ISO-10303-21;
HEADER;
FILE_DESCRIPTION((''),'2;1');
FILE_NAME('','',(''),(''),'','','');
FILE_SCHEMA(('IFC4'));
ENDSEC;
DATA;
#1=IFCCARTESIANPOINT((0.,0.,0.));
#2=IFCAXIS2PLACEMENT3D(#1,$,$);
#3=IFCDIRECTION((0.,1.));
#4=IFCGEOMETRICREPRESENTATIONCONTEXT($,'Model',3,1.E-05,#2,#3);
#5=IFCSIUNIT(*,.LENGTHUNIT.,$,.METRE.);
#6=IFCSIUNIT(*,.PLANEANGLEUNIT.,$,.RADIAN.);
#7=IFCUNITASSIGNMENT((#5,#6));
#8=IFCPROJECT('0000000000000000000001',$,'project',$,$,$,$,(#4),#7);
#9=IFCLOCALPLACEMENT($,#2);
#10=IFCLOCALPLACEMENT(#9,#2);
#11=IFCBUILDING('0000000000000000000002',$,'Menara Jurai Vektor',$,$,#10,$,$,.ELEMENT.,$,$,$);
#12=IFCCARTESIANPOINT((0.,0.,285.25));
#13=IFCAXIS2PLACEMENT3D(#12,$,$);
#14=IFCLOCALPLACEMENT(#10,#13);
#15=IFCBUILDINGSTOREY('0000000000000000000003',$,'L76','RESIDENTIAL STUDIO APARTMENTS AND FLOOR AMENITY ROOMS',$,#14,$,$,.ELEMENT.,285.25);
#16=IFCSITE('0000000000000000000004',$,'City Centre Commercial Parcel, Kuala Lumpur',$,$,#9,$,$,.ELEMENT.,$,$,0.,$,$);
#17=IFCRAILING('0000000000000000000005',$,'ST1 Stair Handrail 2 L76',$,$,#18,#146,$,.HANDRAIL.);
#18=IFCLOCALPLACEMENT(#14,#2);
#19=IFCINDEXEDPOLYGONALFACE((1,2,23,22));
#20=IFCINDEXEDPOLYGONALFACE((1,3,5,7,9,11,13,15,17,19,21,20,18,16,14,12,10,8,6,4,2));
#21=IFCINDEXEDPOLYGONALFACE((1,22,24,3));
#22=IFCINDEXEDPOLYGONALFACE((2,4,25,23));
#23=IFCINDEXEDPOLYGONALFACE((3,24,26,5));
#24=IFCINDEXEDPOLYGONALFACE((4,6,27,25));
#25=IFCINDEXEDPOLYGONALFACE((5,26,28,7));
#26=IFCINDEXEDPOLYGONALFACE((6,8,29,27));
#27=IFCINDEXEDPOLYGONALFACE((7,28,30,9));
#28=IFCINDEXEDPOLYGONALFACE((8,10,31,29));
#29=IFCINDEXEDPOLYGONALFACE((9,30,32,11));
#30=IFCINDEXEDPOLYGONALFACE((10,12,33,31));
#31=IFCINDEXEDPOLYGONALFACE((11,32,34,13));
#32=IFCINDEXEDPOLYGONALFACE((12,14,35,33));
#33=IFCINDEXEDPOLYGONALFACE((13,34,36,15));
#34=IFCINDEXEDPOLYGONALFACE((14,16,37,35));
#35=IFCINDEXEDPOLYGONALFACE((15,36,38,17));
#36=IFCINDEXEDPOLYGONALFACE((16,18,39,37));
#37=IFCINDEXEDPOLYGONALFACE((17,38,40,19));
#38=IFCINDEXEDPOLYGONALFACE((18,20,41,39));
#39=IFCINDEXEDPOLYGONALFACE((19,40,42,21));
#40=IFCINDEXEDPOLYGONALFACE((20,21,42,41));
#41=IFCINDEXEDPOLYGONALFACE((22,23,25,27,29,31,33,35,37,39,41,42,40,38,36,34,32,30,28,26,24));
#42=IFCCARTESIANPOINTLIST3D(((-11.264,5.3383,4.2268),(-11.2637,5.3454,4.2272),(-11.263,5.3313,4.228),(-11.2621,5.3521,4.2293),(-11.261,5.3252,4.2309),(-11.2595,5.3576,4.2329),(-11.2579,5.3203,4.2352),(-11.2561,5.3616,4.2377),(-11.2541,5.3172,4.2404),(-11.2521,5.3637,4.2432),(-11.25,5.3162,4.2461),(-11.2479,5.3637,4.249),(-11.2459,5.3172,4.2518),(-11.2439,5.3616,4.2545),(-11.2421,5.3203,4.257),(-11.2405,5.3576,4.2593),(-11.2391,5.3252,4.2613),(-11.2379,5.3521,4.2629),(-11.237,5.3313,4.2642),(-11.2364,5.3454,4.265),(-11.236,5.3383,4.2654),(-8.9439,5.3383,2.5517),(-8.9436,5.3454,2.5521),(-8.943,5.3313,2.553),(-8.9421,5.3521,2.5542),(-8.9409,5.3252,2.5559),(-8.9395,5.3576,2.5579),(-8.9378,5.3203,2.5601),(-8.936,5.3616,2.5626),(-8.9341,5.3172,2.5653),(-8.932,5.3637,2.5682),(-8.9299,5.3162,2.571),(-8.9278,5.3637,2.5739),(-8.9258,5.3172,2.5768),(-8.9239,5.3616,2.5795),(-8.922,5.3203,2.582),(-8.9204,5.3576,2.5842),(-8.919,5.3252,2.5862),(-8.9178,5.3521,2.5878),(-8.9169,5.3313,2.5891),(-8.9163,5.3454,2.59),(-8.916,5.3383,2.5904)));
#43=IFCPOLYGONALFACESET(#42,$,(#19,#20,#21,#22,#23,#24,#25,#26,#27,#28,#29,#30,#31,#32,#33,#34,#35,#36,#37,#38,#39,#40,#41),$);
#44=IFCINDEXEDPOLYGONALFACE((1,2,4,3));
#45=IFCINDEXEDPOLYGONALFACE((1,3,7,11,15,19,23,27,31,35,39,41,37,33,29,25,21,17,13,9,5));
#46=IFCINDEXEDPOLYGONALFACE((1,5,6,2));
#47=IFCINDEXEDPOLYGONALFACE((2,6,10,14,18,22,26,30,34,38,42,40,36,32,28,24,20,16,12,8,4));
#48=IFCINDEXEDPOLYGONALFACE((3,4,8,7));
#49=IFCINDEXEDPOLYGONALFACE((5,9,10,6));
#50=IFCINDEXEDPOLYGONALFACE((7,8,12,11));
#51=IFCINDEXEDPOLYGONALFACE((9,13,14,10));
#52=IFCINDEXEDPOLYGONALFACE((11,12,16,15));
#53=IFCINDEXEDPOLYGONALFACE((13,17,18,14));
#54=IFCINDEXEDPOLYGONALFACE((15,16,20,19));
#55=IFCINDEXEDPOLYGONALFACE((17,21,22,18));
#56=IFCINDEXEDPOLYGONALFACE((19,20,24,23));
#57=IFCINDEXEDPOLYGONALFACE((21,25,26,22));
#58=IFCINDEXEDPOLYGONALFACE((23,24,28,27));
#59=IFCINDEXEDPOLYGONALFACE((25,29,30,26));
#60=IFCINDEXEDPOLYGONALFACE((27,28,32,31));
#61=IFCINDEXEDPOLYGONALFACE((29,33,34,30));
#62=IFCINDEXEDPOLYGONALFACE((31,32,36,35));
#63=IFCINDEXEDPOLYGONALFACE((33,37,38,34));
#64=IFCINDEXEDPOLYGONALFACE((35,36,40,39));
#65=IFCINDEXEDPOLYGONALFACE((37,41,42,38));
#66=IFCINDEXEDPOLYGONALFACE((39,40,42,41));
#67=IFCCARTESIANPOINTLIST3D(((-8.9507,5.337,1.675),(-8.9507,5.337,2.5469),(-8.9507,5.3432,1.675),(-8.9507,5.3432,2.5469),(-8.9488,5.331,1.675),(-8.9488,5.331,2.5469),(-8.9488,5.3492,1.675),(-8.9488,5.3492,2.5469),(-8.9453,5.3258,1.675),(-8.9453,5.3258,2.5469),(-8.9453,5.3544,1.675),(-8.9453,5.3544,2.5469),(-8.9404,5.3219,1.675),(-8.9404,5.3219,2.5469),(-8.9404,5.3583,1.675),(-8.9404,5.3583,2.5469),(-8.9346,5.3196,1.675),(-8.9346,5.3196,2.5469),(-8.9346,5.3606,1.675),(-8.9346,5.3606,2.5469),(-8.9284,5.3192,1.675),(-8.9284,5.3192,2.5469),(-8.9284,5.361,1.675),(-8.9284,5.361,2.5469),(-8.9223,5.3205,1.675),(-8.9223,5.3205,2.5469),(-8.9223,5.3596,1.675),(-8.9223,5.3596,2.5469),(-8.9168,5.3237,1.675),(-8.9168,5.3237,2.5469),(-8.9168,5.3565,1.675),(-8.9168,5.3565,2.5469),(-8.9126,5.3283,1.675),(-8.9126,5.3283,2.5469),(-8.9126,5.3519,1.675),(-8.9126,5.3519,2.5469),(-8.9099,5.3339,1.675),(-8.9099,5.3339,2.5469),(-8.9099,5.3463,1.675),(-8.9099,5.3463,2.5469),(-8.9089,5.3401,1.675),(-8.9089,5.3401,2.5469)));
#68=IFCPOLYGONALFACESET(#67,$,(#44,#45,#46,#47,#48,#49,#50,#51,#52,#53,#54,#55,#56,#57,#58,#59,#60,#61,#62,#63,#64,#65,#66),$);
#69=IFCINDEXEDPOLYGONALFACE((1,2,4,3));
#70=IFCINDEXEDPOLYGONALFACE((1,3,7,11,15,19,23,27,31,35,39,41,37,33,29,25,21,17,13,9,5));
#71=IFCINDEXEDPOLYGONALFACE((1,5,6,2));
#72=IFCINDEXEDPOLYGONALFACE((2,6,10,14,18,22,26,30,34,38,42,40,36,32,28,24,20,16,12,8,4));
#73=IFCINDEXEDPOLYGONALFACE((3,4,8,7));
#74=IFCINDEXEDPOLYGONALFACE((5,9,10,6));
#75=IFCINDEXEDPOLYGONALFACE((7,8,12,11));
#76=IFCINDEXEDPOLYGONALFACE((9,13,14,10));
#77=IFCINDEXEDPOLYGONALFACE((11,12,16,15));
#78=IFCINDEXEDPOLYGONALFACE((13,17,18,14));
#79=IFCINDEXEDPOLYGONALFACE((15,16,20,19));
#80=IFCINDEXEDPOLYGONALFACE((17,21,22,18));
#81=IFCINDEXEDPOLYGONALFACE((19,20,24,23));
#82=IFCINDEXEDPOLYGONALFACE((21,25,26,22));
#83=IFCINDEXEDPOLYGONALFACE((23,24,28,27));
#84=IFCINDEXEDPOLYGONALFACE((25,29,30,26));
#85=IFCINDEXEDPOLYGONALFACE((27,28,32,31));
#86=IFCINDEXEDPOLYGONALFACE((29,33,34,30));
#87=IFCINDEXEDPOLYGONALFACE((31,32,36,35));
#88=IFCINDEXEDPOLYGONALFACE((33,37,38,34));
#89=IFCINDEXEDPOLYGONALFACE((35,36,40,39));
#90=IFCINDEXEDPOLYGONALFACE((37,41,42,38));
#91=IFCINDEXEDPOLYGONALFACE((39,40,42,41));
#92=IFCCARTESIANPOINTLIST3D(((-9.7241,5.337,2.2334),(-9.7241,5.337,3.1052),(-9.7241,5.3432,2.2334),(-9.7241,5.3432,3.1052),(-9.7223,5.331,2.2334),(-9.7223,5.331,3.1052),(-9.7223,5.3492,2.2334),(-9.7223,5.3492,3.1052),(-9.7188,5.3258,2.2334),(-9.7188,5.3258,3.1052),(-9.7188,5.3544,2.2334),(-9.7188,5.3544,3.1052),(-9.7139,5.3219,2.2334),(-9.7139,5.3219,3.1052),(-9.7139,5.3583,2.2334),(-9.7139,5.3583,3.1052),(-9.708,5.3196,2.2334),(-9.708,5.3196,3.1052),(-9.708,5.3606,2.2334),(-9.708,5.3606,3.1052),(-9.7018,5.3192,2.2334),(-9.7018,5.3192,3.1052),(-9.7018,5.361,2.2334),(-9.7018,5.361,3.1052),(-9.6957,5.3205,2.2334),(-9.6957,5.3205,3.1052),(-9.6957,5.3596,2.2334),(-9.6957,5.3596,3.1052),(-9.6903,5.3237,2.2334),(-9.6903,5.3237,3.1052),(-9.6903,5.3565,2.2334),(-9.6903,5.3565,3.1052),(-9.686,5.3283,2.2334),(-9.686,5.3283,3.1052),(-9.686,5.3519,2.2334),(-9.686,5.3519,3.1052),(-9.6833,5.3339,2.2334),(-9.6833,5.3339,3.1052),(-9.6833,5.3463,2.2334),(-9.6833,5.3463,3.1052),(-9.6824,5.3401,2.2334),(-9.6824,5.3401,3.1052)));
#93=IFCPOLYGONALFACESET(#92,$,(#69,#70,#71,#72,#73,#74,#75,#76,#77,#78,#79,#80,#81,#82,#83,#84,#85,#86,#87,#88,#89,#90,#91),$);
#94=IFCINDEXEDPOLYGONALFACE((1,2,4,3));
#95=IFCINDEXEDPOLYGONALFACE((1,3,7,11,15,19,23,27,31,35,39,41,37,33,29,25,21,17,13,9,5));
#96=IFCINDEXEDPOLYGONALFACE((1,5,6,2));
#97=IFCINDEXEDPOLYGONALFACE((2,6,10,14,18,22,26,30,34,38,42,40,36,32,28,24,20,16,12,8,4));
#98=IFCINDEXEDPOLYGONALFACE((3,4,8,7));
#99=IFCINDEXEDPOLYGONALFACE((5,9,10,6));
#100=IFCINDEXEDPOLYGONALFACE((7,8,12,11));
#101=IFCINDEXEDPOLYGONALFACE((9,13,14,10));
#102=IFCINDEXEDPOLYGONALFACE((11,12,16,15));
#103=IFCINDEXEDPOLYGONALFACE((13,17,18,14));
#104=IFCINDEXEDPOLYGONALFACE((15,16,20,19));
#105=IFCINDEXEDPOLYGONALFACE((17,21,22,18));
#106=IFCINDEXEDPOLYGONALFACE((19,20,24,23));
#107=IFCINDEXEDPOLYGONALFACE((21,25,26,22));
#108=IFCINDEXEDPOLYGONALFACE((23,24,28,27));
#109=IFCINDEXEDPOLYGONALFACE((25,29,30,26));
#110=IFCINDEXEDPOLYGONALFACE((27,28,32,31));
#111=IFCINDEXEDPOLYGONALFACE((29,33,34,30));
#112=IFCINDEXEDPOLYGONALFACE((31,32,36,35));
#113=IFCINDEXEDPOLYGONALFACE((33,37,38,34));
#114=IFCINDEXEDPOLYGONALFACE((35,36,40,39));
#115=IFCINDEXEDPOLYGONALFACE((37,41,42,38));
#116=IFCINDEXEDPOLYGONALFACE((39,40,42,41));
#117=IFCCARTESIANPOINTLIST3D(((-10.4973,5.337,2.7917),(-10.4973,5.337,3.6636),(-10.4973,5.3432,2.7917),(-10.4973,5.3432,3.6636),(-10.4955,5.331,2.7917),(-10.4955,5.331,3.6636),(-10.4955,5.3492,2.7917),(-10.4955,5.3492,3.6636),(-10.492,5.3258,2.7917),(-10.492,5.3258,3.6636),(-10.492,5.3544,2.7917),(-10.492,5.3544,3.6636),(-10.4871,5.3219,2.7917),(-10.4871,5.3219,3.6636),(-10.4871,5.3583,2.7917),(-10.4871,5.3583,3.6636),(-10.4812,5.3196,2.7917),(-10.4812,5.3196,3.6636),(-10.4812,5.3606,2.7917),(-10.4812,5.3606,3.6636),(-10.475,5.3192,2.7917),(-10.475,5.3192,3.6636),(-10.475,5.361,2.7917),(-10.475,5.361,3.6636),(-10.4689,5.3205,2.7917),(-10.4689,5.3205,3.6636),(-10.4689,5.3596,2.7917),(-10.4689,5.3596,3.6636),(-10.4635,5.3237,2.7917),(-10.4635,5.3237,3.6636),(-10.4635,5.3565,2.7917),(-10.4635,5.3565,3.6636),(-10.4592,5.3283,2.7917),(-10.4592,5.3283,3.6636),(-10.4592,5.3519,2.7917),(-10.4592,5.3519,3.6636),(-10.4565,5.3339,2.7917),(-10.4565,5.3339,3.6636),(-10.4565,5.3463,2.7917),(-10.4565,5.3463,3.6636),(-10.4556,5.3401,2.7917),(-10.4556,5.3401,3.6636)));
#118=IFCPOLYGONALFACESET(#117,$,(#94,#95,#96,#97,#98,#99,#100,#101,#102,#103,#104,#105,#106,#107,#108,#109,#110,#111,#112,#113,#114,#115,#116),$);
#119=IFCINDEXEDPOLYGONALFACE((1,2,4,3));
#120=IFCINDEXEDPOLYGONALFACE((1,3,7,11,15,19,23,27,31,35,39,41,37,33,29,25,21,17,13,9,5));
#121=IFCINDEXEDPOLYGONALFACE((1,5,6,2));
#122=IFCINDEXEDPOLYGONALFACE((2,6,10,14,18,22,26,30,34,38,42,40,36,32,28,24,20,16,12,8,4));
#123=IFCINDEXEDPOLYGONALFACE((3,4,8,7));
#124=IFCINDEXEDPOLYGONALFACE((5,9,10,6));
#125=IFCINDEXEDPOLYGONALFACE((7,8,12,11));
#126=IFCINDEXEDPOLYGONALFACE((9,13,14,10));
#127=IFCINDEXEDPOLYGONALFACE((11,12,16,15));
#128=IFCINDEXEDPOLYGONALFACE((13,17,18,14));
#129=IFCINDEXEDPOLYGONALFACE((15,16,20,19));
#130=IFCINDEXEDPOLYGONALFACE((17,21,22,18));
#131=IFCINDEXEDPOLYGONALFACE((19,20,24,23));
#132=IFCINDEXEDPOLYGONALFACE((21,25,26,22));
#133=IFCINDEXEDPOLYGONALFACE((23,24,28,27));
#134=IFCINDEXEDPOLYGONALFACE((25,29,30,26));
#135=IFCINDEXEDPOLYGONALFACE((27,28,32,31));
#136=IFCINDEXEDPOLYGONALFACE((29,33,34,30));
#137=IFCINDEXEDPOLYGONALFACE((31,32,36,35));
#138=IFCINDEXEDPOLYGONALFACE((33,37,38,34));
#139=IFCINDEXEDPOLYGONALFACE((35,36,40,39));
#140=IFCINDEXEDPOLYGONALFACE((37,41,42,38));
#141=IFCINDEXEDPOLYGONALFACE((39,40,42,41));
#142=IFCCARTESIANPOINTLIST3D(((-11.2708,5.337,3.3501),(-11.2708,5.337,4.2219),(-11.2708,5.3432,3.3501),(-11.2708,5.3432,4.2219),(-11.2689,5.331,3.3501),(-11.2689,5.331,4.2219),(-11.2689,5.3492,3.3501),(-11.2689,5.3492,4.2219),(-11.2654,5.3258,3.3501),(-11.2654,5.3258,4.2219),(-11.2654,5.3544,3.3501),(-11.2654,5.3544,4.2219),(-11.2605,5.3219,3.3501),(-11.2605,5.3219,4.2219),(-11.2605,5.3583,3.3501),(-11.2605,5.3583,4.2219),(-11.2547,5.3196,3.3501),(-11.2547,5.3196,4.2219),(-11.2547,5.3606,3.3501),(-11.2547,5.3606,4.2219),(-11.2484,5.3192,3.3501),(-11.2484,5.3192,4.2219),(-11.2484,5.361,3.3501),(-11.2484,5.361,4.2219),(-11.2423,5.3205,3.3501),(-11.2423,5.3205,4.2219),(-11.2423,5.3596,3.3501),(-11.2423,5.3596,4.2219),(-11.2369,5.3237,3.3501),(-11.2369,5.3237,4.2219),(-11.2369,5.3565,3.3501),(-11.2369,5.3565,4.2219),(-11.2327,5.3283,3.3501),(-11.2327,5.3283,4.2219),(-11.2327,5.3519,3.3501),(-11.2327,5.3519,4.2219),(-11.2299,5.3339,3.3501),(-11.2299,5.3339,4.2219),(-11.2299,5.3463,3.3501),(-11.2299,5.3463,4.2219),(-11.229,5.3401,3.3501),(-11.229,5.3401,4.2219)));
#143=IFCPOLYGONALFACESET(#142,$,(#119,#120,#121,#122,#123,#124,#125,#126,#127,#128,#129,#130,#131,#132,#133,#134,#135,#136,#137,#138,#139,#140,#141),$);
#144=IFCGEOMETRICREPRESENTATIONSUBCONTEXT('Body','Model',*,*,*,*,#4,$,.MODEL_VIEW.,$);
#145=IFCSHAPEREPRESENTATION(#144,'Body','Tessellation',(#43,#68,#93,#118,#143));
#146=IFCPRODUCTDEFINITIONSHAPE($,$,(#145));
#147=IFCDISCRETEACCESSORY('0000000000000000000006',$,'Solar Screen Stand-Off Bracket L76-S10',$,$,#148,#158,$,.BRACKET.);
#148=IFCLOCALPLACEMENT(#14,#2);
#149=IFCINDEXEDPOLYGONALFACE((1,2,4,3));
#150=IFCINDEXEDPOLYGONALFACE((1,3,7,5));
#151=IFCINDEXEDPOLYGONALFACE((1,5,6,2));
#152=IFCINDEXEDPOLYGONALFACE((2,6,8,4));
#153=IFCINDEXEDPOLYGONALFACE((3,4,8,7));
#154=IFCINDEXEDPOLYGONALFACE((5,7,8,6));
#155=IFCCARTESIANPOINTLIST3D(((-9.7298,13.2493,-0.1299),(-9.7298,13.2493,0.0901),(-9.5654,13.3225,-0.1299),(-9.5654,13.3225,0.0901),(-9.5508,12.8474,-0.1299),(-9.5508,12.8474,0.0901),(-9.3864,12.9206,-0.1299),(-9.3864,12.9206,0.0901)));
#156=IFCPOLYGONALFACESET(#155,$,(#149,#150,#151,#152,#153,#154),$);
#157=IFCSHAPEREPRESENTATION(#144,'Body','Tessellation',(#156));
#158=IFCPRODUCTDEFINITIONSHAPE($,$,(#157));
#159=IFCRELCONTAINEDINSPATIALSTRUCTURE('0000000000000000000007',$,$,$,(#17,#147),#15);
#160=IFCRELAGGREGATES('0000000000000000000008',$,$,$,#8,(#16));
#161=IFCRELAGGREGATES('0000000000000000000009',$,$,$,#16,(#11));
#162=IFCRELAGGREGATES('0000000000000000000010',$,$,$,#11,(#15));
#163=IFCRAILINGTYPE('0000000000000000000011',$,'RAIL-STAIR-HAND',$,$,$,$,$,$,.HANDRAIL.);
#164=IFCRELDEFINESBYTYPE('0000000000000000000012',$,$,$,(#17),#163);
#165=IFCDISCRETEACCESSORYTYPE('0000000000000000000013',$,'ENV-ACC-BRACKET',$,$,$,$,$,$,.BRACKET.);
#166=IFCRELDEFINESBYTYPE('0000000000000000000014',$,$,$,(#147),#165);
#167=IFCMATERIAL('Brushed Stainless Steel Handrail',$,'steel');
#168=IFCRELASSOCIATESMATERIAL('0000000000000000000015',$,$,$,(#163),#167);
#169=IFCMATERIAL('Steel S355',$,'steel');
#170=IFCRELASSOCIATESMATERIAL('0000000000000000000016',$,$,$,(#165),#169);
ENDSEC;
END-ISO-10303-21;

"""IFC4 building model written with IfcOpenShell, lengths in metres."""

from ifc_helpers import new_model, si_unit, direction, frame, origin, origin_2d, place, context, subcontext, project, spatial, rectangle, circle, extrude, material, type_object, element, save


model = new_model("IFC4")

# Units and contexts
model_context = context("Model", 3, precision=1e-05, world=origin(), true_north=direction((0.0, 1.0)))
body_context = subcontext(model_context, "Body", "Model", "MODEL_VIEW")
ifc_project = project(units=[si_unit("LENGTHUNIT", "METRE"), si_unit("PLANEANGLEUNIT", "RADIAN")], contexts=[model_context])

# Site, building, storey
site_placement = place(None, origin())
site = spatial("IfcSite", under=ifc_project, at=site_placement, Name="City Centre Commercial Parcel, Kuala Lumpur", CompositionType="ELEMENT", RefElevation=0.0)
building_placement = place(site_placement, origin())
building = spatial("IfcBuilding", under=site, at=building_placement, Name="Menara Jurai Vektor", CompositionType="ELEMENT")
storey_placement = place(building_placement, frame((0.0, 0.0, 285.25)))
storey = spatial("IfcBuildingStorey", under=building, at=storey_placement, Name="L76", Description="RESIDENTIAL STUDIO APARTMENTS AND FLOOR AMENITY ROOMS", CompositionType="ELEMENT", Elevation=285.25)

# Shared definitions
ifc_material_1 = material(Name="Steel S355", Category="steel")

# Railing
ifc_material_2 = material(Name="Brushed Stainless Steel Handrail", Category="steel")
railing_type = type_object("IfcRailingType", Name="RAIL-STAIR-HAND", PredefinedType="HANDRAIL", material=ifc_material_2)
railing_placement = place(storey_placement, frame((-8.9299, 5.3401, 1.675)))
element("IfcRailing", 1, at=railing_placement, inside=storey, type_object=railing_type, Name="ST1 Stair Handrail 2 L76", PredefinedType="HANDRAIL", context=body_context, shape_type="SweptSolid", body=[
    extrude(circle(Radius=0.0239, at=origin_2d()), frame((0.0, 0.0, 0.896), z_axis=(-0.810771, 0.0, 0.585363), x_axis=(0.0, -1.0, 0.0)), (0.0, 0.0, 1.0), 2.8616),
    extrude(circle(Radius=0.021, at=origin_2d()), origin(), (0.0, 0.0, 1.0), 0.8718),
    extrude(circle(Radius=0.021, at=origin_2d()), frame((-0.7734, 0.0, 0.5583)), (0.0, 0.0, 1.0), 0.8718),
    extrude(circle(Radius=0.021, at=origin_2d()), frame((-1.5466, 0.0, 1.1167)), (0.0, 0.0, 1.0), 0.8718),
    extrude(circle(Radius=0.021, at=origin_2d()), frame((-2.3201, 0.0, 1.675)), (0.0, 0.0, 1.0), 0.8718),
])

# Discrete accessory
discrete_accessory_type = type_object("IfcDiscreteAccessoryType", Name="ENV-ACC-BRACKET", PredefinedType="BRACKET", material=ifc_material_1)
discrete_accessory_placement = place(storey_placement, frame((-9.5581, 13.085, -0.1299), z_axis=(0.0, 0.0, 1.0), x_axis=(-0.913545, -0.406737, 0.0)))
element("IfcDiscreteAccessory", 2, at=discrete_accessory_placement, inside=storey, type_object=discrete_accessory_type, Name="Solar Screen Stand-Off Bracket L76-S10", PredefinedType="BRACKET", context=body_context, shape_type="SweptSolid", body=[
    extrude(rectangle(XDim=0.1799, YDim=0.4399, at=origin_2d()), origin(), (0.0, 0.0, 1.0), 0.22),
])

save(model, "model.ifc")
